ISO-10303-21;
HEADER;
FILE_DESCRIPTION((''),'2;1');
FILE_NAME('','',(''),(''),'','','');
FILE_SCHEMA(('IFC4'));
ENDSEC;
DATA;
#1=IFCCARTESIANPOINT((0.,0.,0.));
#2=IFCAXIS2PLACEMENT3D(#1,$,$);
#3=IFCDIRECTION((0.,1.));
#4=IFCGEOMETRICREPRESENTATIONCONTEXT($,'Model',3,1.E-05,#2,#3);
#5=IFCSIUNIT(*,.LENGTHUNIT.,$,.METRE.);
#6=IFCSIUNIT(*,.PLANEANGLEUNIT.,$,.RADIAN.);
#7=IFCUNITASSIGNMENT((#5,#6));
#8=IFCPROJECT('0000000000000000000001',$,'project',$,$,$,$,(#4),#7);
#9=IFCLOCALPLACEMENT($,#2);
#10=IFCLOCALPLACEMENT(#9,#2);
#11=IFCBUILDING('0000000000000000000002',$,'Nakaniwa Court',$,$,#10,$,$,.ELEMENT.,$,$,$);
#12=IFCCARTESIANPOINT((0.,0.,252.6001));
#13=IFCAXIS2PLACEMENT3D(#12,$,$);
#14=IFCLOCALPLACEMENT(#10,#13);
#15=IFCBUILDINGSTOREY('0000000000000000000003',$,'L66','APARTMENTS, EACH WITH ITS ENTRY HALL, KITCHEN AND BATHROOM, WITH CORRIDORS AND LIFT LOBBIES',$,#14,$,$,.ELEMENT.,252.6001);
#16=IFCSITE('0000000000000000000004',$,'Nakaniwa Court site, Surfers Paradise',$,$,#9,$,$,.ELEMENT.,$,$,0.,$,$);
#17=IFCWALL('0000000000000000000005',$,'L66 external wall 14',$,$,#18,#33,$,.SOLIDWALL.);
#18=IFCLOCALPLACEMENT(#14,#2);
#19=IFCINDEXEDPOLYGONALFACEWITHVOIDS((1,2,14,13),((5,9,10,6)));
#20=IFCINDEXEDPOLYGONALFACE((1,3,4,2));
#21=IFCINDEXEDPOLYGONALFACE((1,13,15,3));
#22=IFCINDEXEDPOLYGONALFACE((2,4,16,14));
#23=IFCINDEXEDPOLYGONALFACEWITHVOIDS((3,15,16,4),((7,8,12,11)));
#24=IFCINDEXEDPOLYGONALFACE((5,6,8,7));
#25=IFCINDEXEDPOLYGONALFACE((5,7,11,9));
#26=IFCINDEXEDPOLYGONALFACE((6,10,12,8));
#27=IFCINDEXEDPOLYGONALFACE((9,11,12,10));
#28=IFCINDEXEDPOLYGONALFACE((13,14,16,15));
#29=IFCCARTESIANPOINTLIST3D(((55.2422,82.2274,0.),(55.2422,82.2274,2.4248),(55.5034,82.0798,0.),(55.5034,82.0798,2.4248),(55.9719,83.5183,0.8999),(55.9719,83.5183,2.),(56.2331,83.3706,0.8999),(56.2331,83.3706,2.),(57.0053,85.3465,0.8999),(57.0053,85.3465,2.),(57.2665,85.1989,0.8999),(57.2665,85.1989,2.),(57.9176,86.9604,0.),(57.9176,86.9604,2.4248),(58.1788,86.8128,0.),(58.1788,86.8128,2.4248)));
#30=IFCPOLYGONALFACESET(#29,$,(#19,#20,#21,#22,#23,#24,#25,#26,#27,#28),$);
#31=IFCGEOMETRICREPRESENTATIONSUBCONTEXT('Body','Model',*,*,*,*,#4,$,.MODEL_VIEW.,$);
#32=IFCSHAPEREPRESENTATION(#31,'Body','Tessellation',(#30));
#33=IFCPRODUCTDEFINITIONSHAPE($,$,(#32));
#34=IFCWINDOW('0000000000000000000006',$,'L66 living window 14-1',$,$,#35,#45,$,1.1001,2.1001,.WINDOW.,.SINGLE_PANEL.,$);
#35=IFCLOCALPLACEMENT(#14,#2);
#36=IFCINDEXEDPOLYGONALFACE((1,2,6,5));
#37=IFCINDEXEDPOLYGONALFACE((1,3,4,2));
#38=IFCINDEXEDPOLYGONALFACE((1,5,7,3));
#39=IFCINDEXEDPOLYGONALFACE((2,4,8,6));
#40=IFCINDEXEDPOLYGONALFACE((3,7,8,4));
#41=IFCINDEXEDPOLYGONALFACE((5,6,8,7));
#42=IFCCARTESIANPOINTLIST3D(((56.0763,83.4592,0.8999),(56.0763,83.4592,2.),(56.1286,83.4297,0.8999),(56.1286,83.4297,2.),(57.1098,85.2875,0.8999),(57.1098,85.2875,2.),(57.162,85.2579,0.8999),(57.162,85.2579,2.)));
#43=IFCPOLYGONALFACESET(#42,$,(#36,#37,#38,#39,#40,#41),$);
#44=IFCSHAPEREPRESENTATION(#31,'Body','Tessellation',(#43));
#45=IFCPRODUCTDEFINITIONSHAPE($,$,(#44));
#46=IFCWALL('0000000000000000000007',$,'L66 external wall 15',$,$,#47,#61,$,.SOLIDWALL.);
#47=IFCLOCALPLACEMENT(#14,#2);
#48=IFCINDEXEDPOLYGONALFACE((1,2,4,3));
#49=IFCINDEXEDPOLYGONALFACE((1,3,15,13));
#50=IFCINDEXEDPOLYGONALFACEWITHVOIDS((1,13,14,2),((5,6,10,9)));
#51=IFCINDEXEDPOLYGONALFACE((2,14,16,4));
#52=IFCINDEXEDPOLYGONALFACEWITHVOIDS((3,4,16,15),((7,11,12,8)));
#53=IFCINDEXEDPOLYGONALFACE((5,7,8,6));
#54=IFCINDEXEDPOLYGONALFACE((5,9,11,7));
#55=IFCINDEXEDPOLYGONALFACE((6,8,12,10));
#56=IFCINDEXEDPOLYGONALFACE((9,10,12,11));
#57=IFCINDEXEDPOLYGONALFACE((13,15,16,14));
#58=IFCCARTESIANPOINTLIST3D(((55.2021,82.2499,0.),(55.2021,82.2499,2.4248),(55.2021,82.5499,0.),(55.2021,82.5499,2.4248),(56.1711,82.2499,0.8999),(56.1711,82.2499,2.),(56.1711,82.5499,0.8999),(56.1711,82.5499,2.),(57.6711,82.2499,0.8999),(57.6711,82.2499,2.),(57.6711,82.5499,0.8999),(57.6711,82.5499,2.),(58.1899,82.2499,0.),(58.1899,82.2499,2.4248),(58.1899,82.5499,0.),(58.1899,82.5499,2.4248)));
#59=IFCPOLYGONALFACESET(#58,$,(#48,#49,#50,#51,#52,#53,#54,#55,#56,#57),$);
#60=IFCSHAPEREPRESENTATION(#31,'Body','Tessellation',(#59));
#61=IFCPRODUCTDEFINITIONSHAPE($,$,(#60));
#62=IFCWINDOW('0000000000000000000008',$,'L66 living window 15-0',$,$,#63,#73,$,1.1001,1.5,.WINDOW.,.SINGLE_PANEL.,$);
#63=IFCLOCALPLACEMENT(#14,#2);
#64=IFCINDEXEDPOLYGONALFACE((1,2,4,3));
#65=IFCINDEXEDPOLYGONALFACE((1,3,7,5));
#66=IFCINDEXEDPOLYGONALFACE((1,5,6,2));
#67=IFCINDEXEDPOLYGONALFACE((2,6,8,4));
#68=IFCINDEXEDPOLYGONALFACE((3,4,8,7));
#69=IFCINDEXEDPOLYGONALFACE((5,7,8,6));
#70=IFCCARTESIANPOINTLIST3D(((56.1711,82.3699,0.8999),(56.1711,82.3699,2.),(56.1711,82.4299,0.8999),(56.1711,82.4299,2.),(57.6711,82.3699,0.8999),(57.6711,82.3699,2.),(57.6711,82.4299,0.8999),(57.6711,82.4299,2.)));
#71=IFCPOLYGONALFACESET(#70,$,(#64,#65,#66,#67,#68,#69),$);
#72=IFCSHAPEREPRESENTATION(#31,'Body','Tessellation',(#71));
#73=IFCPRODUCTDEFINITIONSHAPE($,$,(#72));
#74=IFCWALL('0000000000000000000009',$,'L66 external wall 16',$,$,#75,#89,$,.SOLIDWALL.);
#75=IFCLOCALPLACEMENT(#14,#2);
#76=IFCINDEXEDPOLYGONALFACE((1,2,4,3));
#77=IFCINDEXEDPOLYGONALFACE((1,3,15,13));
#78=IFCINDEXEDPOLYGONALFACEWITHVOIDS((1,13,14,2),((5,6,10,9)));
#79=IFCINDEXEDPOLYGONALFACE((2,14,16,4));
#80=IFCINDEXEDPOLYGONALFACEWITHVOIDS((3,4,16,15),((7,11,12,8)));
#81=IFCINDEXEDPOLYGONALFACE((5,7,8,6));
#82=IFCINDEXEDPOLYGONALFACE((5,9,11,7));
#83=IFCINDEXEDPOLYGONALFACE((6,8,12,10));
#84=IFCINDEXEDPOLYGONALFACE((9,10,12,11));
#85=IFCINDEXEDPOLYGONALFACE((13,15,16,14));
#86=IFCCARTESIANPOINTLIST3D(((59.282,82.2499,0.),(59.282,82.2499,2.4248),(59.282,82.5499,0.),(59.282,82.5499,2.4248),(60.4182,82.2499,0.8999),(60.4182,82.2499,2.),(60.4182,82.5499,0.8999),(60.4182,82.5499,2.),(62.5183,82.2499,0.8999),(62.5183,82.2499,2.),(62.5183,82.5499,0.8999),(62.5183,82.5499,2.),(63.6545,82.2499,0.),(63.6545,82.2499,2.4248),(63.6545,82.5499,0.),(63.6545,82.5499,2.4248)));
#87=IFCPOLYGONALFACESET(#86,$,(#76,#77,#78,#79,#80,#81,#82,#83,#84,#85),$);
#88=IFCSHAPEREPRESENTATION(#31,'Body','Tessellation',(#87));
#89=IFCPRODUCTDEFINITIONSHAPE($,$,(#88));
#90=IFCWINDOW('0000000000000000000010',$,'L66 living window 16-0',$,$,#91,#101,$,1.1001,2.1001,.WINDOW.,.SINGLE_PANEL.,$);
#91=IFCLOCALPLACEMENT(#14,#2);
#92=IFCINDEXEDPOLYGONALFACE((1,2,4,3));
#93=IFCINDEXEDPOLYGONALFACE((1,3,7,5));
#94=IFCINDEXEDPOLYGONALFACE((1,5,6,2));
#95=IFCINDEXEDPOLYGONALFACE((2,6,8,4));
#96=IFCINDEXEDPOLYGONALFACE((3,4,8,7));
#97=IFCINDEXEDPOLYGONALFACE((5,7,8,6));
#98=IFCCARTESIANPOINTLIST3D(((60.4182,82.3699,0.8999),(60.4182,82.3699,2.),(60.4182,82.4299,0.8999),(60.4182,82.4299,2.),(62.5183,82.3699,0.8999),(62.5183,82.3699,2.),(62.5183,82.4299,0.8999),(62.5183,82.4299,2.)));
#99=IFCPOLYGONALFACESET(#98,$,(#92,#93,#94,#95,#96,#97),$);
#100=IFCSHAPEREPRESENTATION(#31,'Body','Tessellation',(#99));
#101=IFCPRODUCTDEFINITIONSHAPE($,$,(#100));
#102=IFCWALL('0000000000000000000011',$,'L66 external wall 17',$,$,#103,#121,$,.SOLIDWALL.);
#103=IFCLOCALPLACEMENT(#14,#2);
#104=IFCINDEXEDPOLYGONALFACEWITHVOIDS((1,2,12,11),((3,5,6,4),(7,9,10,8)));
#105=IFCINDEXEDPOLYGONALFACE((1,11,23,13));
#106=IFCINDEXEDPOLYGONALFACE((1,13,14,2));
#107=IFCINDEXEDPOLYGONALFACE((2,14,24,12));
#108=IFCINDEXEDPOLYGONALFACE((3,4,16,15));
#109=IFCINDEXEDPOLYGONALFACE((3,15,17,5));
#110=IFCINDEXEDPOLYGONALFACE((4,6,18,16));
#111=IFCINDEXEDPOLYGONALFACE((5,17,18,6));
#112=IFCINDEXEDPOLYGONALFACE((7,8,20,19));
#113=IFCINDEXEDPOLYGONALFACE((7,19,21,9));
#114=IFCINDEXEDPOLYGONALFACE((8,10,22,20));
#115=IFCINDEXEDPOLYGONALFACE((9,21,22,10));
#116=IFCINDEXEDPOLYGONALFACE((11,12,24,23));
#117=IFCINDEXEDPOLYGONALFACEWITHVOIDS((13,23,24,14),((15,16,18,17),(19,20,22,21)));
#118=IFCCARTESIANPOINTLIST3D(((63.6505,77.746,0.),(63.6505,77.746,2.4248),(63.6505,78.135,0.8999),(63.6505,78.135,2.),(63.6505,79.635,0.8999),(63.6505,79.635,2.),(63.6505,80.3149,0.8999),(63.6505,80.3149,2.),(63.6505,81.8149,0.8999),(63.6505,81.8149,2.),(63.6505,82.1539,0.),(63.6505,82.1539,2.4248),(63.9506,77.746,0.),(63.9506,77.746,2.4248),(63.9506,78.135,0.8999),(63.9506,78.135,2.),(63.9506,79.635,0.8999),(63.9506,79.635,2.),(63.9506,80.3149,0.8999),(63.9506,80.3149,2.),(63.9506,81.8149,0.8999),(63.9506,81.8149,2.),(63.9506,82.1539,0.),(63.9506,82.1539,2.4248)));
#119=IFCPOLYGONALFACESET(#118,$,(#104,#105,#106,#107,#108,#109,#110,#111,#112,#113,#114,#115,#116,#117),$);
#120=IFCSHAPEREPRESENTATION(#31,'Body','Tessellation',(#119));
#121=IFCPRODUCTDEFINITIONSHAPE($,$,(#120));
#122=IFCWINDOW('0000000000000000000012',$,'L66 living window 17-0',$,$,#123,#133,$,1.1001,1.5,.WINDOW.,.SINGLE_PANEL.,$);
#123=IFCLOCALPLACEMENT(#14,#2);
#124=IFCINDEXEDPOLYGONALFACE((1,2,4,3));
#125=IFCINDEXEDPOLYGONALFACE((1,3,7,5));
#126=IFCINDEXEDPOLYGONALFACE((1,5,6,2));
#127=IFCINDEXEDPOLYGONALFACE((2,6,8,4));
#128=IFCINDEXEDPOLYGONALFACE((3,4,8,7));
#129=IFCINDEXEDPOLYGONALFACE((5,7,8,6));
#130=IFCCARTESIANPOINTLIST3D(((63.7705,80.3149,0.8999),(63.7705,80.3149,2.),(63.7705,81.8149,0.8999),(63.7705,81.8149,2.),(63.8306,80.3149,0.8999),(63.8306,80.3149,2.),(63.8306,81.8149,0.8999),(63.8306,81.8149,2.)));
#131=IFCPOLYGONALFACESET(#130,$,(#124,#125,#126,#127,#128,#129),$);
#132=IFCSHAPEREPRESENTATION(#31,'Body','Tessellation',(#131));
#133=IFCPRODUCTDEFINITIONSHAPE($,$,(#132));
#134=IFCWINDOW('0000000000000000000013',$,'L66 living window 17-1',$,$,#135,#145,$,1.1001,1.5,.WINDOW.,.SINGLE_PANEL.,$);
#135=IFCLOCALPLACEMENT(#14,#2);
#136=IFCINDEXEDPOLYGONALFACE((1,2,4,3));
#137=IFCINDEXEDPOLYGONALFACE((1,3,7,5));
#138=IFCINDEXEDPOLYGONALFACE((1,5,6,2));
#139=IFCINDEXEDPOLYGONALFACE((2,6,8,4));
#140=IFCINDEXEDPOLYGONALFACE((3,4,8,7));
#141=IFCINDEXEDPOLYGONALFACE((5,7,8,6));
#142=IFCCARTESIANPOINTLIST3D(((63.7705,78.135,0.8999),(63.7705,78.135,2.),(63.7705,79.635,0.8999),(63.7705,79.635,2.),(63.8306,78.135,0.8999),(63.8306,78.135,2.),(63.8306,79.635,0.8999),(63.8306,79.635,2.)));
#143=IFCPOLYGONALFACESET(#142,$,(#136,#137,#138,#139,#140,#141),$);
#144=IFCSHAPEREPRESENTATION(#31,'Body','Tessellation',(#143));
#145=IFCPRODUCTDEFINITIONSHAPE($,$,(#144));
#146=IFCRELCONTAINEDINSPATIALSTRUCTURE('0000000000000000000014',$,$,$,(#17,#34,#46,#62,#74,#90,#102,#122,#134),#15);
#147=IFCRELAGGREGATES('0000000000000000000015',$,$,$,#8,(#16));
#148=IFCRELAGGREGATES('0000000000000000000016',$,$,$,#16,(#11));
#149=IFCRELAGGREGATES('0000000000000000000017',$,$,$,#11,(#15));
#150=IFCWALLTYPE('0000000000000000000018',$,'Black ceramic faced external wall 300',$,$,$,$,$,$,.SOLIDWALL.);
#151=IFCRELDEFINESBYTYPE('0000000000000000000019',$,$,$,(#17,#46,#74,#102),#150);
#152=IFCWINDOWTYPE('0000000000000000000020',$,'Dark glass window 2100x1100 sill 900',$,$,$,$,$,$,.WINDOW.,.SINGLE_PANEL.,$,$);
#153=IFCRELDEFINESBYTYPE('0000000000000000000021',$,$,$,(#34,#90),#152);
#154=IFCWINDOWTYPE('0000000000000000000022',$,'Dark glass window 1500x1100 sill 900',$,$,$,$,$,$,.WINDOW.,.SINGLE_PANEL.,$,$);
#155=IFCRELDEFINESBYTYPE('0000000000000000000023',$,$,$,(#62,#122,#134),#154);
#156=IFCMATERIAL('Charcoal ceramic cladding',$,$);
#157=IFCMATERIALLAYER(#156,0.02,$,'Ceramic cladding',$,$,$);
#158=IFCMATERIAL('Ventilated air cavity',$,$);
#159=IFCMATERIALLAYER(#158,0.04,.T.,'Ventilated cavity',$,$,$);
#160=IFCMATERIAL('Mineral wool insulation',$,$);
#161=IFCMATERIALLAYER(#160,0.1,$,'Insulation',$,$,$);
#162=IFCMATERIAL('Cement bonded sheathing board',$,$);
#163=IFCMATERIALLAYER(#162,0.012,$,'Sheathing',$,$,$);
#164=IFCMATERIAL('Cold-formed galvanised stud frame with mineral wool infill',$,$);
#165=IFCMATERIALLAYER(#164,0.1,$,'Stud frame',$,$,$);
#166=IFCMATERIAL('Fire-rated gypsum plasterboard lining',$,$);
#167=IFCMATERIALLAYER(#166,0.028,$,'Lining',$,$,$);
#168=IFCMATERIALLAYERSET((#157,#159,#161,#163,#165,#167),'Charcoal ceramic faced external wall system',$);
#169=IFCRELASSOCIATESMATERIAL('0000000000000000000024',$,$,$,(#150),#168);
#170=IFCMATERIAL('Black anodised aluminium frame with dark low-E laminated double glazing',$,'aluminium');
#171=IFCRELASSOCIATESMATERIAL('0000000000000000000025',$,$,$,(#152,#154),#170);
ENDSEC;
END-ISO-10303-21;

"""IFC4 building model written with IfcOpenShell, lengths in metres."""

from ifc_helpers import new_model, si_unit, direction, frame, frame_2d, origin, place, context, subcontext, project, spatial, rectangle, extrude, material, layer, layer_set, type_object, element, fill, save


model = new_model("IFC4")

# Units and contexts
model_context = context("Model", 3, precision=1e-05, world=origin(), true_north=direction((0.0, 1.0)))
body_context = subcontext(model_context, "Body", "Model", "MODEL_VIEW")
ifc_project = project(units=[si_unit("LENGTHUNIT", "METRE"), si_unit("PLANEANGLEUNIT", "RADIAN")], contexts=[model_context])

# Site, building, storey
site_placement = place(None, origin())
site = spatial("IfcSite", under=ifc_project, at=site_placement, Name="Nakaniwa Court site, Surfers Paradise", CompositionType="ELEMENT", RefElevation=0.0)
building_placement = place(site_placement, origin())
building = spatial("IfcBuilding", under=site, at=building_placement, Name="Nakaniwa Court", CompositionType="ELEMENT")
storey_placement = place(building_placement, frame((0.0, 0.0, 252.6001)))
storey = spatial("IfcBuildingStorey", under=building, at=storey_placement, Name="L66", Description="APARTMENTS, EACH WITH ITS ENTRY HALL, KITCHEN AND BATHROOM, WITH CORRIDORS AND LIFT LOBBIES", CompositionType="ELEMENT", Elevation=252.6001)

# Walls, openings, windows
ifc_material_1 = material(Name="Charcoal ceramic cladding")
ifc_layer_1 = layer(ifc_material_1, 0.02, Name="Ceramic cladding")
ifc_material_2 = material(Name="Ventilated air cavity")
ifc_layer_2 = layer(ifc_material_2, 0.04, ventilated=True, Name="Ventilated cavity")
ifc_material_3 = material(Name="Mineral wool insulation")
ifc_layer_3 = layer(ifc_material_3, 0.1, Name="Insulation")
ifc_material_4 = material(Name="Cement bonded sheathing board")
ifc_layer_4 = layer(ifc_material_4, 0.012, Name="Sheathing")
ifc_material_5 = material(Name="Cold-formed galvanised stud frame with mineral wool infill")
ifc_layer_5 = layer(ifc_material_5, 0.1, Name="Stud frame")
ifc_material_6 = material(Name="Fire-rated gypsum plasterboard lining")
ifc_layer_6 = layer(ifc_material_6, 0.028, Name="Lining")
ifc_layer_set_1 = layer_set([ifc_layer_1, ifc_layer_2, ifc_layer_3, ifc_layer_4, ifc_layer_5, ifc_layer_6], Name="Charcoal ceramic faced external wall system")
wall_type_1 = type_object("IfcWallType", Name="Black ceramic faced external wall 300", PredefinedType="SOLIDWALL", material=ifc_layer_set_1)
wall_1_placement = place(storey_placement, frame((58.0481, 86.8865, 0.0), z_axis=(0.0, 0.0, 1.0), x_axis=(-0.492081, -0.870549, 0.0)))
wall_1 = element("IfcWall", 1, at=wall_1_placement, inside=storey, type_object=wall_type_1, Name="L66 external wall 14", PredefinedType="SOLIDWALL", context=body_context, shape_type="SweptSolid", body=[
    extrude(rectangle(XDim=5.4368, YDim=0.3, at=frame_2d((2.7183, 0.0))), origin(), (0.0, 0.0, 1.0), 2.4248),
])
opening_1_placement = place(wall_1_placement, frame((1.8538, 0.0, 0.8999)))
opening_1 = element("IfcOpeningElement", 2, at=opening_1_placement, cuts=wall_1, PredefinedType="OPENING", context=body_context, shape_type="SweptSolid", body=[
    extrude(rectangle(XDim=2.1001, YDim=1.1001, at=frame_2d((1.05, 0.55))), frame((0.0, 0.1599, 0.0), z_axis=(0.0, -1.0, 0.0), x_axis=(1.0, 0.0, 0.0)), (0.0, 0.0, 1.0), 0.3201),
])
ifc_material_7 = material(Name="Black anodised aluminium frame with dark low-E laminated double glazing", Category="aluminium")
window_type_1 = type_object("IfcWindowType", Name="Dark glass window 2100x1100 sill 900", PartitioningType="SINGLE_PANEL", PredefinedType="WINDOW", material=ifc_material_7)
window_1_placement = place(opening_1_placement, origin())
window_1 = element("IfcWindow", 3, at=window_1_placement, inside=storey, type_object=window_type_1, Name="L66 living window 14-1", OverallHeight=1.1001, OverallWidth=2.1001, PartitioningType="SINGLE_PANEL", PredefinedType="WINDOW", context=body_context, shape_type="SweptSolid", body=[
    extrude(rectangle(XDim=2.1001, YDim=1.1001, at=frame_2d((1.05, 0.55))), frame((0.0, 0.03, 0.0), z_axis=(0.0, -1.0, 0.0), x_axis=(1.0, 0.0, 0.0)), (0.0, 0.0, 1.0), 0.0601),
])
fill(opening_1, window_1)
wall_2_placement = place(storey_placement, frame((55.2021, 82.3999, 0.0), z_axis=(0.0, 0.0, 1.0), x_axis=(1.0, 0.0, 0.0)))
wall_2 = element("IfcWall", 4, at=wall_2_placement, inside=storey, type_object=wall_type_1, Name="L66 external wall 15", PredefinedType="SOLIDWALL", context=body_context, shape_type="SweptSolid", body=[
    extrude(rectangle(XDim=2.9878, YDim=0.3, at=frame_2d((1.4939, 0.0))), origin(), (0.0, 0.0, 1.0), 2.4248),
])
opening_2_placement = place(wall_2_placement, frame((0.969, 0.0, 0.8999)))
opening_2 = element("IfcOpeningElement", 5, at=opening_2_placement, cuts=wall_2, PredefinedType="OPENING", context=body_context, shape_type="SweptSolid", body=[
    extrude(rectangle(XDim=1.5, YDim=1.1001, at=frame_2d((0.75, 0.55))), frame((0.0, 0.1599, 0.0), z_axis=(0.0, -1.0, 0.0), x_axis=(1.0, 0.0, 0.0)), (0.0, 0.0, 1.0), 0.3201),
])
window_type_2 = type_object("IfcWindowType", Name="Dark glass window 1500x1100 sill 900", PartitioningType="SINGLE_PANEL", PredefinedType="WINDOW", material=ifc_material_7)
window_2_placement = place(opening_2_placement, origin())
window_2 = element("IfcWindow", 6, at=window_2_placement, inside=storey, type_object=window_type_2, Name="L66 living window 15-0", OverallHeight=1.1001, OverallWidth=1.5, PartitioningType="SINGLE_PANEL", PredefinedType="WINDOW", context=body_context, shape_type="SweptSolid", body=[
    extrude(rectangle(XDim=1.5, YDim=1.1001, at=frame_2d((0.75, 0.55))), frame((0.0, 0.03, 0.0), z_axis=(0.0, -1.0, 0.0), x_axis=(1.0, 0.0, 0.0)), (0.0, 0.0, 1.0), 0.0601),
])
fill(opening_2, window_2)
wall_3_placement = place(storey_placement, frame((59.282, 82.3999, 0.0), z_axis=(0.0, 0.0, 1.0), x_axis=(1.0, 0.0, 0.0)))
wall_3 = element("IfcWall", 7, at=wall_3_placement, inside=storey, type_object=wall_type_1, Name="L66 external wall 16", PredefinedType="SOLIDWALL", context=body_context, shape_type="SweptSolid", body=[
    extrude(rectangle(XDim=4.3726, YDim=0.3, at=frame_2d((2.1863, 0.0))), origin(), (0.0, 0.0, 1.0), 2.4248),
])
opening_3_placement = place(wall_3_placement, frame((1.1362, 0.0, 0.8999)))
opening_3 = element("IfcOpeningElement", 8, at=opening_3_placement, cuts=wall_3, PredefinedType="OPENING", context=body_context, shape_type="SweptSolid", body=[
    extrude(rectangle(XDim=2.1001, YDim=1.1001, at=frame_2d((1.05, 0.55))), frame((0.0, 0.1599, 0.0), z_axis=(0.0, -1.0, 0.0), x_axis=(1.0, 0.0, 0.0)), (0.0, 0.0, 1.0), 0.3201),
])
window_3_placement = place(opening_3_placement, origin())
window_3 = element("IfcWindow", 9, at=window_3_placement, inside=storey, type_object=window_type_1, Name="L66 living window 16-0", OverallHeight=1.1001, OverallWidth=2.1001, PartitioningType="SINGLE_PANEL", PredefinedType="WINDOW", context=body_context, shape_type="SweptSolid", body=[
    extrude(rectangle(XDim=2.1001, YDim=1.1001, at=frame_2d((1.05, 0.55))), frame((0.0, 0.03, 0.0), z_axis=(0.0, -1.0, 0.0), x_axis=(1.0, 0.0, 0.0)), (0.0, 0.0, 1.0), 0.0601),
])
fill(opening_3, window_3)

# Wall, openings, windows
wall_4_placement = place(storey_placement, frame((63.8005, 82.1541, 0.0), z_axis=(0.0, 0.0, 1.0), x_axis=(0.0, -1.0, 0.0)))
wall_4 = element("IfcWall", 10, at=wall_4_placement, inside=storey, type_object=wall_type_1, Name="L66 external wall 17", PredefinedType="SOLIDWALL", context=body_context, shape_type="SweptSolid", body=[
    extrude(rectangle(XDim=4.408, YDim=0.3, at=frame_2d((2.2041, 0.0))), origin(), (0.0, 0.0, 1.0), 2.4248),
])
opening_4_placement = place(wall_4_placement, frame((0.3391, 0.0, 0.8999)))
opening_4 = element("IfcOpeningElement", 11, at=opening_4_placement, cuts=wall_4, PredefinedType="OPENING", context=body_context, shape_type="SweptSolid", body=[
    extrude(rectangle(XDim=1.5, YDim=1.1001, at=frame_2d((0.75, 0.55))), frame((0.0, 0.1599, 0.0), z_axis=(0.0, -1.0, 0.0), x_axis=(1.0, 0.0, 0.0)), (0.0, 0.0, 1.0), 0.3201),
])
opening_5_placement = place(wall_4_placement, frame((2.519, 0.0, 0.8999)))
opening_5 = element("IfcOpeningElement", 12, at=opening_5_placement, cuts=wall_4, PredefinedType="OPENING", context=body_context, shape_type="SweptSolid", body=[
    extrude(rectangle(XDim=1.5, YDim=1.1001, at=frame_2d((0.75, 0.55))), frame((0.0, 0.1599, 0.0), z_axis=(0.0, -1.0, 0.0), x_axis=(1.0, 0.0, 0.0)), (0.0, 0.0, 1.0), 0.3201),
])
window_4_placement = place(opening_4_placement, origin())
window_4 = element("IfcWindow", 13, at=window_4_placement, inside=storey, type_object=window_type_2, Name="L66 living window 17-0", OverallHeight=1.1001, OverallWidth=1.5, PartitioningType="SINGLE_PANEL", PredefinedType="WINDOW", context=body_context, shape_type="SweptSolid", body=[
    extrude(rectangle(XDim=1.5, YDim=1.1001, at=frame_2d((0.75, 0.55))), frame((0.0, 0.03, 0.0), z_axis=(0.0, -1.0, 0.0), x_axis=(1.0, 0.0, 0.0)), (0.0, 0.0, 1.0), 0.0601),
])
fill(opening_4, window_4)
window_5_placement = place(opening_5_placement, origin())
window_5 = element("IfcWindow", 14, at=window_5_placement, inside=storey, type_object=window_type_2, Name="L66 living window 17-1", OverallHeight=1.1001, OverallWidth=1.5, PartitioningType="SINGLE_PANEL", PredefinedType="WINDOW", context=body_context, shape_type="SweptSolid", body=[
    extrude(rectangle(XDim=1.5, YDim=1.1001, at=frame_2d((0.75, 0.55))), frame((0.0, 0.03, 0.0), z_axis=(0.0, -1.0, 0.0), x_axis=(1.0, 0.0, 0.0)), (0.0, 0.0, 1.0), 0.0601),
])
fill(opening_5, window_5)

save(model, "model.ifc")
